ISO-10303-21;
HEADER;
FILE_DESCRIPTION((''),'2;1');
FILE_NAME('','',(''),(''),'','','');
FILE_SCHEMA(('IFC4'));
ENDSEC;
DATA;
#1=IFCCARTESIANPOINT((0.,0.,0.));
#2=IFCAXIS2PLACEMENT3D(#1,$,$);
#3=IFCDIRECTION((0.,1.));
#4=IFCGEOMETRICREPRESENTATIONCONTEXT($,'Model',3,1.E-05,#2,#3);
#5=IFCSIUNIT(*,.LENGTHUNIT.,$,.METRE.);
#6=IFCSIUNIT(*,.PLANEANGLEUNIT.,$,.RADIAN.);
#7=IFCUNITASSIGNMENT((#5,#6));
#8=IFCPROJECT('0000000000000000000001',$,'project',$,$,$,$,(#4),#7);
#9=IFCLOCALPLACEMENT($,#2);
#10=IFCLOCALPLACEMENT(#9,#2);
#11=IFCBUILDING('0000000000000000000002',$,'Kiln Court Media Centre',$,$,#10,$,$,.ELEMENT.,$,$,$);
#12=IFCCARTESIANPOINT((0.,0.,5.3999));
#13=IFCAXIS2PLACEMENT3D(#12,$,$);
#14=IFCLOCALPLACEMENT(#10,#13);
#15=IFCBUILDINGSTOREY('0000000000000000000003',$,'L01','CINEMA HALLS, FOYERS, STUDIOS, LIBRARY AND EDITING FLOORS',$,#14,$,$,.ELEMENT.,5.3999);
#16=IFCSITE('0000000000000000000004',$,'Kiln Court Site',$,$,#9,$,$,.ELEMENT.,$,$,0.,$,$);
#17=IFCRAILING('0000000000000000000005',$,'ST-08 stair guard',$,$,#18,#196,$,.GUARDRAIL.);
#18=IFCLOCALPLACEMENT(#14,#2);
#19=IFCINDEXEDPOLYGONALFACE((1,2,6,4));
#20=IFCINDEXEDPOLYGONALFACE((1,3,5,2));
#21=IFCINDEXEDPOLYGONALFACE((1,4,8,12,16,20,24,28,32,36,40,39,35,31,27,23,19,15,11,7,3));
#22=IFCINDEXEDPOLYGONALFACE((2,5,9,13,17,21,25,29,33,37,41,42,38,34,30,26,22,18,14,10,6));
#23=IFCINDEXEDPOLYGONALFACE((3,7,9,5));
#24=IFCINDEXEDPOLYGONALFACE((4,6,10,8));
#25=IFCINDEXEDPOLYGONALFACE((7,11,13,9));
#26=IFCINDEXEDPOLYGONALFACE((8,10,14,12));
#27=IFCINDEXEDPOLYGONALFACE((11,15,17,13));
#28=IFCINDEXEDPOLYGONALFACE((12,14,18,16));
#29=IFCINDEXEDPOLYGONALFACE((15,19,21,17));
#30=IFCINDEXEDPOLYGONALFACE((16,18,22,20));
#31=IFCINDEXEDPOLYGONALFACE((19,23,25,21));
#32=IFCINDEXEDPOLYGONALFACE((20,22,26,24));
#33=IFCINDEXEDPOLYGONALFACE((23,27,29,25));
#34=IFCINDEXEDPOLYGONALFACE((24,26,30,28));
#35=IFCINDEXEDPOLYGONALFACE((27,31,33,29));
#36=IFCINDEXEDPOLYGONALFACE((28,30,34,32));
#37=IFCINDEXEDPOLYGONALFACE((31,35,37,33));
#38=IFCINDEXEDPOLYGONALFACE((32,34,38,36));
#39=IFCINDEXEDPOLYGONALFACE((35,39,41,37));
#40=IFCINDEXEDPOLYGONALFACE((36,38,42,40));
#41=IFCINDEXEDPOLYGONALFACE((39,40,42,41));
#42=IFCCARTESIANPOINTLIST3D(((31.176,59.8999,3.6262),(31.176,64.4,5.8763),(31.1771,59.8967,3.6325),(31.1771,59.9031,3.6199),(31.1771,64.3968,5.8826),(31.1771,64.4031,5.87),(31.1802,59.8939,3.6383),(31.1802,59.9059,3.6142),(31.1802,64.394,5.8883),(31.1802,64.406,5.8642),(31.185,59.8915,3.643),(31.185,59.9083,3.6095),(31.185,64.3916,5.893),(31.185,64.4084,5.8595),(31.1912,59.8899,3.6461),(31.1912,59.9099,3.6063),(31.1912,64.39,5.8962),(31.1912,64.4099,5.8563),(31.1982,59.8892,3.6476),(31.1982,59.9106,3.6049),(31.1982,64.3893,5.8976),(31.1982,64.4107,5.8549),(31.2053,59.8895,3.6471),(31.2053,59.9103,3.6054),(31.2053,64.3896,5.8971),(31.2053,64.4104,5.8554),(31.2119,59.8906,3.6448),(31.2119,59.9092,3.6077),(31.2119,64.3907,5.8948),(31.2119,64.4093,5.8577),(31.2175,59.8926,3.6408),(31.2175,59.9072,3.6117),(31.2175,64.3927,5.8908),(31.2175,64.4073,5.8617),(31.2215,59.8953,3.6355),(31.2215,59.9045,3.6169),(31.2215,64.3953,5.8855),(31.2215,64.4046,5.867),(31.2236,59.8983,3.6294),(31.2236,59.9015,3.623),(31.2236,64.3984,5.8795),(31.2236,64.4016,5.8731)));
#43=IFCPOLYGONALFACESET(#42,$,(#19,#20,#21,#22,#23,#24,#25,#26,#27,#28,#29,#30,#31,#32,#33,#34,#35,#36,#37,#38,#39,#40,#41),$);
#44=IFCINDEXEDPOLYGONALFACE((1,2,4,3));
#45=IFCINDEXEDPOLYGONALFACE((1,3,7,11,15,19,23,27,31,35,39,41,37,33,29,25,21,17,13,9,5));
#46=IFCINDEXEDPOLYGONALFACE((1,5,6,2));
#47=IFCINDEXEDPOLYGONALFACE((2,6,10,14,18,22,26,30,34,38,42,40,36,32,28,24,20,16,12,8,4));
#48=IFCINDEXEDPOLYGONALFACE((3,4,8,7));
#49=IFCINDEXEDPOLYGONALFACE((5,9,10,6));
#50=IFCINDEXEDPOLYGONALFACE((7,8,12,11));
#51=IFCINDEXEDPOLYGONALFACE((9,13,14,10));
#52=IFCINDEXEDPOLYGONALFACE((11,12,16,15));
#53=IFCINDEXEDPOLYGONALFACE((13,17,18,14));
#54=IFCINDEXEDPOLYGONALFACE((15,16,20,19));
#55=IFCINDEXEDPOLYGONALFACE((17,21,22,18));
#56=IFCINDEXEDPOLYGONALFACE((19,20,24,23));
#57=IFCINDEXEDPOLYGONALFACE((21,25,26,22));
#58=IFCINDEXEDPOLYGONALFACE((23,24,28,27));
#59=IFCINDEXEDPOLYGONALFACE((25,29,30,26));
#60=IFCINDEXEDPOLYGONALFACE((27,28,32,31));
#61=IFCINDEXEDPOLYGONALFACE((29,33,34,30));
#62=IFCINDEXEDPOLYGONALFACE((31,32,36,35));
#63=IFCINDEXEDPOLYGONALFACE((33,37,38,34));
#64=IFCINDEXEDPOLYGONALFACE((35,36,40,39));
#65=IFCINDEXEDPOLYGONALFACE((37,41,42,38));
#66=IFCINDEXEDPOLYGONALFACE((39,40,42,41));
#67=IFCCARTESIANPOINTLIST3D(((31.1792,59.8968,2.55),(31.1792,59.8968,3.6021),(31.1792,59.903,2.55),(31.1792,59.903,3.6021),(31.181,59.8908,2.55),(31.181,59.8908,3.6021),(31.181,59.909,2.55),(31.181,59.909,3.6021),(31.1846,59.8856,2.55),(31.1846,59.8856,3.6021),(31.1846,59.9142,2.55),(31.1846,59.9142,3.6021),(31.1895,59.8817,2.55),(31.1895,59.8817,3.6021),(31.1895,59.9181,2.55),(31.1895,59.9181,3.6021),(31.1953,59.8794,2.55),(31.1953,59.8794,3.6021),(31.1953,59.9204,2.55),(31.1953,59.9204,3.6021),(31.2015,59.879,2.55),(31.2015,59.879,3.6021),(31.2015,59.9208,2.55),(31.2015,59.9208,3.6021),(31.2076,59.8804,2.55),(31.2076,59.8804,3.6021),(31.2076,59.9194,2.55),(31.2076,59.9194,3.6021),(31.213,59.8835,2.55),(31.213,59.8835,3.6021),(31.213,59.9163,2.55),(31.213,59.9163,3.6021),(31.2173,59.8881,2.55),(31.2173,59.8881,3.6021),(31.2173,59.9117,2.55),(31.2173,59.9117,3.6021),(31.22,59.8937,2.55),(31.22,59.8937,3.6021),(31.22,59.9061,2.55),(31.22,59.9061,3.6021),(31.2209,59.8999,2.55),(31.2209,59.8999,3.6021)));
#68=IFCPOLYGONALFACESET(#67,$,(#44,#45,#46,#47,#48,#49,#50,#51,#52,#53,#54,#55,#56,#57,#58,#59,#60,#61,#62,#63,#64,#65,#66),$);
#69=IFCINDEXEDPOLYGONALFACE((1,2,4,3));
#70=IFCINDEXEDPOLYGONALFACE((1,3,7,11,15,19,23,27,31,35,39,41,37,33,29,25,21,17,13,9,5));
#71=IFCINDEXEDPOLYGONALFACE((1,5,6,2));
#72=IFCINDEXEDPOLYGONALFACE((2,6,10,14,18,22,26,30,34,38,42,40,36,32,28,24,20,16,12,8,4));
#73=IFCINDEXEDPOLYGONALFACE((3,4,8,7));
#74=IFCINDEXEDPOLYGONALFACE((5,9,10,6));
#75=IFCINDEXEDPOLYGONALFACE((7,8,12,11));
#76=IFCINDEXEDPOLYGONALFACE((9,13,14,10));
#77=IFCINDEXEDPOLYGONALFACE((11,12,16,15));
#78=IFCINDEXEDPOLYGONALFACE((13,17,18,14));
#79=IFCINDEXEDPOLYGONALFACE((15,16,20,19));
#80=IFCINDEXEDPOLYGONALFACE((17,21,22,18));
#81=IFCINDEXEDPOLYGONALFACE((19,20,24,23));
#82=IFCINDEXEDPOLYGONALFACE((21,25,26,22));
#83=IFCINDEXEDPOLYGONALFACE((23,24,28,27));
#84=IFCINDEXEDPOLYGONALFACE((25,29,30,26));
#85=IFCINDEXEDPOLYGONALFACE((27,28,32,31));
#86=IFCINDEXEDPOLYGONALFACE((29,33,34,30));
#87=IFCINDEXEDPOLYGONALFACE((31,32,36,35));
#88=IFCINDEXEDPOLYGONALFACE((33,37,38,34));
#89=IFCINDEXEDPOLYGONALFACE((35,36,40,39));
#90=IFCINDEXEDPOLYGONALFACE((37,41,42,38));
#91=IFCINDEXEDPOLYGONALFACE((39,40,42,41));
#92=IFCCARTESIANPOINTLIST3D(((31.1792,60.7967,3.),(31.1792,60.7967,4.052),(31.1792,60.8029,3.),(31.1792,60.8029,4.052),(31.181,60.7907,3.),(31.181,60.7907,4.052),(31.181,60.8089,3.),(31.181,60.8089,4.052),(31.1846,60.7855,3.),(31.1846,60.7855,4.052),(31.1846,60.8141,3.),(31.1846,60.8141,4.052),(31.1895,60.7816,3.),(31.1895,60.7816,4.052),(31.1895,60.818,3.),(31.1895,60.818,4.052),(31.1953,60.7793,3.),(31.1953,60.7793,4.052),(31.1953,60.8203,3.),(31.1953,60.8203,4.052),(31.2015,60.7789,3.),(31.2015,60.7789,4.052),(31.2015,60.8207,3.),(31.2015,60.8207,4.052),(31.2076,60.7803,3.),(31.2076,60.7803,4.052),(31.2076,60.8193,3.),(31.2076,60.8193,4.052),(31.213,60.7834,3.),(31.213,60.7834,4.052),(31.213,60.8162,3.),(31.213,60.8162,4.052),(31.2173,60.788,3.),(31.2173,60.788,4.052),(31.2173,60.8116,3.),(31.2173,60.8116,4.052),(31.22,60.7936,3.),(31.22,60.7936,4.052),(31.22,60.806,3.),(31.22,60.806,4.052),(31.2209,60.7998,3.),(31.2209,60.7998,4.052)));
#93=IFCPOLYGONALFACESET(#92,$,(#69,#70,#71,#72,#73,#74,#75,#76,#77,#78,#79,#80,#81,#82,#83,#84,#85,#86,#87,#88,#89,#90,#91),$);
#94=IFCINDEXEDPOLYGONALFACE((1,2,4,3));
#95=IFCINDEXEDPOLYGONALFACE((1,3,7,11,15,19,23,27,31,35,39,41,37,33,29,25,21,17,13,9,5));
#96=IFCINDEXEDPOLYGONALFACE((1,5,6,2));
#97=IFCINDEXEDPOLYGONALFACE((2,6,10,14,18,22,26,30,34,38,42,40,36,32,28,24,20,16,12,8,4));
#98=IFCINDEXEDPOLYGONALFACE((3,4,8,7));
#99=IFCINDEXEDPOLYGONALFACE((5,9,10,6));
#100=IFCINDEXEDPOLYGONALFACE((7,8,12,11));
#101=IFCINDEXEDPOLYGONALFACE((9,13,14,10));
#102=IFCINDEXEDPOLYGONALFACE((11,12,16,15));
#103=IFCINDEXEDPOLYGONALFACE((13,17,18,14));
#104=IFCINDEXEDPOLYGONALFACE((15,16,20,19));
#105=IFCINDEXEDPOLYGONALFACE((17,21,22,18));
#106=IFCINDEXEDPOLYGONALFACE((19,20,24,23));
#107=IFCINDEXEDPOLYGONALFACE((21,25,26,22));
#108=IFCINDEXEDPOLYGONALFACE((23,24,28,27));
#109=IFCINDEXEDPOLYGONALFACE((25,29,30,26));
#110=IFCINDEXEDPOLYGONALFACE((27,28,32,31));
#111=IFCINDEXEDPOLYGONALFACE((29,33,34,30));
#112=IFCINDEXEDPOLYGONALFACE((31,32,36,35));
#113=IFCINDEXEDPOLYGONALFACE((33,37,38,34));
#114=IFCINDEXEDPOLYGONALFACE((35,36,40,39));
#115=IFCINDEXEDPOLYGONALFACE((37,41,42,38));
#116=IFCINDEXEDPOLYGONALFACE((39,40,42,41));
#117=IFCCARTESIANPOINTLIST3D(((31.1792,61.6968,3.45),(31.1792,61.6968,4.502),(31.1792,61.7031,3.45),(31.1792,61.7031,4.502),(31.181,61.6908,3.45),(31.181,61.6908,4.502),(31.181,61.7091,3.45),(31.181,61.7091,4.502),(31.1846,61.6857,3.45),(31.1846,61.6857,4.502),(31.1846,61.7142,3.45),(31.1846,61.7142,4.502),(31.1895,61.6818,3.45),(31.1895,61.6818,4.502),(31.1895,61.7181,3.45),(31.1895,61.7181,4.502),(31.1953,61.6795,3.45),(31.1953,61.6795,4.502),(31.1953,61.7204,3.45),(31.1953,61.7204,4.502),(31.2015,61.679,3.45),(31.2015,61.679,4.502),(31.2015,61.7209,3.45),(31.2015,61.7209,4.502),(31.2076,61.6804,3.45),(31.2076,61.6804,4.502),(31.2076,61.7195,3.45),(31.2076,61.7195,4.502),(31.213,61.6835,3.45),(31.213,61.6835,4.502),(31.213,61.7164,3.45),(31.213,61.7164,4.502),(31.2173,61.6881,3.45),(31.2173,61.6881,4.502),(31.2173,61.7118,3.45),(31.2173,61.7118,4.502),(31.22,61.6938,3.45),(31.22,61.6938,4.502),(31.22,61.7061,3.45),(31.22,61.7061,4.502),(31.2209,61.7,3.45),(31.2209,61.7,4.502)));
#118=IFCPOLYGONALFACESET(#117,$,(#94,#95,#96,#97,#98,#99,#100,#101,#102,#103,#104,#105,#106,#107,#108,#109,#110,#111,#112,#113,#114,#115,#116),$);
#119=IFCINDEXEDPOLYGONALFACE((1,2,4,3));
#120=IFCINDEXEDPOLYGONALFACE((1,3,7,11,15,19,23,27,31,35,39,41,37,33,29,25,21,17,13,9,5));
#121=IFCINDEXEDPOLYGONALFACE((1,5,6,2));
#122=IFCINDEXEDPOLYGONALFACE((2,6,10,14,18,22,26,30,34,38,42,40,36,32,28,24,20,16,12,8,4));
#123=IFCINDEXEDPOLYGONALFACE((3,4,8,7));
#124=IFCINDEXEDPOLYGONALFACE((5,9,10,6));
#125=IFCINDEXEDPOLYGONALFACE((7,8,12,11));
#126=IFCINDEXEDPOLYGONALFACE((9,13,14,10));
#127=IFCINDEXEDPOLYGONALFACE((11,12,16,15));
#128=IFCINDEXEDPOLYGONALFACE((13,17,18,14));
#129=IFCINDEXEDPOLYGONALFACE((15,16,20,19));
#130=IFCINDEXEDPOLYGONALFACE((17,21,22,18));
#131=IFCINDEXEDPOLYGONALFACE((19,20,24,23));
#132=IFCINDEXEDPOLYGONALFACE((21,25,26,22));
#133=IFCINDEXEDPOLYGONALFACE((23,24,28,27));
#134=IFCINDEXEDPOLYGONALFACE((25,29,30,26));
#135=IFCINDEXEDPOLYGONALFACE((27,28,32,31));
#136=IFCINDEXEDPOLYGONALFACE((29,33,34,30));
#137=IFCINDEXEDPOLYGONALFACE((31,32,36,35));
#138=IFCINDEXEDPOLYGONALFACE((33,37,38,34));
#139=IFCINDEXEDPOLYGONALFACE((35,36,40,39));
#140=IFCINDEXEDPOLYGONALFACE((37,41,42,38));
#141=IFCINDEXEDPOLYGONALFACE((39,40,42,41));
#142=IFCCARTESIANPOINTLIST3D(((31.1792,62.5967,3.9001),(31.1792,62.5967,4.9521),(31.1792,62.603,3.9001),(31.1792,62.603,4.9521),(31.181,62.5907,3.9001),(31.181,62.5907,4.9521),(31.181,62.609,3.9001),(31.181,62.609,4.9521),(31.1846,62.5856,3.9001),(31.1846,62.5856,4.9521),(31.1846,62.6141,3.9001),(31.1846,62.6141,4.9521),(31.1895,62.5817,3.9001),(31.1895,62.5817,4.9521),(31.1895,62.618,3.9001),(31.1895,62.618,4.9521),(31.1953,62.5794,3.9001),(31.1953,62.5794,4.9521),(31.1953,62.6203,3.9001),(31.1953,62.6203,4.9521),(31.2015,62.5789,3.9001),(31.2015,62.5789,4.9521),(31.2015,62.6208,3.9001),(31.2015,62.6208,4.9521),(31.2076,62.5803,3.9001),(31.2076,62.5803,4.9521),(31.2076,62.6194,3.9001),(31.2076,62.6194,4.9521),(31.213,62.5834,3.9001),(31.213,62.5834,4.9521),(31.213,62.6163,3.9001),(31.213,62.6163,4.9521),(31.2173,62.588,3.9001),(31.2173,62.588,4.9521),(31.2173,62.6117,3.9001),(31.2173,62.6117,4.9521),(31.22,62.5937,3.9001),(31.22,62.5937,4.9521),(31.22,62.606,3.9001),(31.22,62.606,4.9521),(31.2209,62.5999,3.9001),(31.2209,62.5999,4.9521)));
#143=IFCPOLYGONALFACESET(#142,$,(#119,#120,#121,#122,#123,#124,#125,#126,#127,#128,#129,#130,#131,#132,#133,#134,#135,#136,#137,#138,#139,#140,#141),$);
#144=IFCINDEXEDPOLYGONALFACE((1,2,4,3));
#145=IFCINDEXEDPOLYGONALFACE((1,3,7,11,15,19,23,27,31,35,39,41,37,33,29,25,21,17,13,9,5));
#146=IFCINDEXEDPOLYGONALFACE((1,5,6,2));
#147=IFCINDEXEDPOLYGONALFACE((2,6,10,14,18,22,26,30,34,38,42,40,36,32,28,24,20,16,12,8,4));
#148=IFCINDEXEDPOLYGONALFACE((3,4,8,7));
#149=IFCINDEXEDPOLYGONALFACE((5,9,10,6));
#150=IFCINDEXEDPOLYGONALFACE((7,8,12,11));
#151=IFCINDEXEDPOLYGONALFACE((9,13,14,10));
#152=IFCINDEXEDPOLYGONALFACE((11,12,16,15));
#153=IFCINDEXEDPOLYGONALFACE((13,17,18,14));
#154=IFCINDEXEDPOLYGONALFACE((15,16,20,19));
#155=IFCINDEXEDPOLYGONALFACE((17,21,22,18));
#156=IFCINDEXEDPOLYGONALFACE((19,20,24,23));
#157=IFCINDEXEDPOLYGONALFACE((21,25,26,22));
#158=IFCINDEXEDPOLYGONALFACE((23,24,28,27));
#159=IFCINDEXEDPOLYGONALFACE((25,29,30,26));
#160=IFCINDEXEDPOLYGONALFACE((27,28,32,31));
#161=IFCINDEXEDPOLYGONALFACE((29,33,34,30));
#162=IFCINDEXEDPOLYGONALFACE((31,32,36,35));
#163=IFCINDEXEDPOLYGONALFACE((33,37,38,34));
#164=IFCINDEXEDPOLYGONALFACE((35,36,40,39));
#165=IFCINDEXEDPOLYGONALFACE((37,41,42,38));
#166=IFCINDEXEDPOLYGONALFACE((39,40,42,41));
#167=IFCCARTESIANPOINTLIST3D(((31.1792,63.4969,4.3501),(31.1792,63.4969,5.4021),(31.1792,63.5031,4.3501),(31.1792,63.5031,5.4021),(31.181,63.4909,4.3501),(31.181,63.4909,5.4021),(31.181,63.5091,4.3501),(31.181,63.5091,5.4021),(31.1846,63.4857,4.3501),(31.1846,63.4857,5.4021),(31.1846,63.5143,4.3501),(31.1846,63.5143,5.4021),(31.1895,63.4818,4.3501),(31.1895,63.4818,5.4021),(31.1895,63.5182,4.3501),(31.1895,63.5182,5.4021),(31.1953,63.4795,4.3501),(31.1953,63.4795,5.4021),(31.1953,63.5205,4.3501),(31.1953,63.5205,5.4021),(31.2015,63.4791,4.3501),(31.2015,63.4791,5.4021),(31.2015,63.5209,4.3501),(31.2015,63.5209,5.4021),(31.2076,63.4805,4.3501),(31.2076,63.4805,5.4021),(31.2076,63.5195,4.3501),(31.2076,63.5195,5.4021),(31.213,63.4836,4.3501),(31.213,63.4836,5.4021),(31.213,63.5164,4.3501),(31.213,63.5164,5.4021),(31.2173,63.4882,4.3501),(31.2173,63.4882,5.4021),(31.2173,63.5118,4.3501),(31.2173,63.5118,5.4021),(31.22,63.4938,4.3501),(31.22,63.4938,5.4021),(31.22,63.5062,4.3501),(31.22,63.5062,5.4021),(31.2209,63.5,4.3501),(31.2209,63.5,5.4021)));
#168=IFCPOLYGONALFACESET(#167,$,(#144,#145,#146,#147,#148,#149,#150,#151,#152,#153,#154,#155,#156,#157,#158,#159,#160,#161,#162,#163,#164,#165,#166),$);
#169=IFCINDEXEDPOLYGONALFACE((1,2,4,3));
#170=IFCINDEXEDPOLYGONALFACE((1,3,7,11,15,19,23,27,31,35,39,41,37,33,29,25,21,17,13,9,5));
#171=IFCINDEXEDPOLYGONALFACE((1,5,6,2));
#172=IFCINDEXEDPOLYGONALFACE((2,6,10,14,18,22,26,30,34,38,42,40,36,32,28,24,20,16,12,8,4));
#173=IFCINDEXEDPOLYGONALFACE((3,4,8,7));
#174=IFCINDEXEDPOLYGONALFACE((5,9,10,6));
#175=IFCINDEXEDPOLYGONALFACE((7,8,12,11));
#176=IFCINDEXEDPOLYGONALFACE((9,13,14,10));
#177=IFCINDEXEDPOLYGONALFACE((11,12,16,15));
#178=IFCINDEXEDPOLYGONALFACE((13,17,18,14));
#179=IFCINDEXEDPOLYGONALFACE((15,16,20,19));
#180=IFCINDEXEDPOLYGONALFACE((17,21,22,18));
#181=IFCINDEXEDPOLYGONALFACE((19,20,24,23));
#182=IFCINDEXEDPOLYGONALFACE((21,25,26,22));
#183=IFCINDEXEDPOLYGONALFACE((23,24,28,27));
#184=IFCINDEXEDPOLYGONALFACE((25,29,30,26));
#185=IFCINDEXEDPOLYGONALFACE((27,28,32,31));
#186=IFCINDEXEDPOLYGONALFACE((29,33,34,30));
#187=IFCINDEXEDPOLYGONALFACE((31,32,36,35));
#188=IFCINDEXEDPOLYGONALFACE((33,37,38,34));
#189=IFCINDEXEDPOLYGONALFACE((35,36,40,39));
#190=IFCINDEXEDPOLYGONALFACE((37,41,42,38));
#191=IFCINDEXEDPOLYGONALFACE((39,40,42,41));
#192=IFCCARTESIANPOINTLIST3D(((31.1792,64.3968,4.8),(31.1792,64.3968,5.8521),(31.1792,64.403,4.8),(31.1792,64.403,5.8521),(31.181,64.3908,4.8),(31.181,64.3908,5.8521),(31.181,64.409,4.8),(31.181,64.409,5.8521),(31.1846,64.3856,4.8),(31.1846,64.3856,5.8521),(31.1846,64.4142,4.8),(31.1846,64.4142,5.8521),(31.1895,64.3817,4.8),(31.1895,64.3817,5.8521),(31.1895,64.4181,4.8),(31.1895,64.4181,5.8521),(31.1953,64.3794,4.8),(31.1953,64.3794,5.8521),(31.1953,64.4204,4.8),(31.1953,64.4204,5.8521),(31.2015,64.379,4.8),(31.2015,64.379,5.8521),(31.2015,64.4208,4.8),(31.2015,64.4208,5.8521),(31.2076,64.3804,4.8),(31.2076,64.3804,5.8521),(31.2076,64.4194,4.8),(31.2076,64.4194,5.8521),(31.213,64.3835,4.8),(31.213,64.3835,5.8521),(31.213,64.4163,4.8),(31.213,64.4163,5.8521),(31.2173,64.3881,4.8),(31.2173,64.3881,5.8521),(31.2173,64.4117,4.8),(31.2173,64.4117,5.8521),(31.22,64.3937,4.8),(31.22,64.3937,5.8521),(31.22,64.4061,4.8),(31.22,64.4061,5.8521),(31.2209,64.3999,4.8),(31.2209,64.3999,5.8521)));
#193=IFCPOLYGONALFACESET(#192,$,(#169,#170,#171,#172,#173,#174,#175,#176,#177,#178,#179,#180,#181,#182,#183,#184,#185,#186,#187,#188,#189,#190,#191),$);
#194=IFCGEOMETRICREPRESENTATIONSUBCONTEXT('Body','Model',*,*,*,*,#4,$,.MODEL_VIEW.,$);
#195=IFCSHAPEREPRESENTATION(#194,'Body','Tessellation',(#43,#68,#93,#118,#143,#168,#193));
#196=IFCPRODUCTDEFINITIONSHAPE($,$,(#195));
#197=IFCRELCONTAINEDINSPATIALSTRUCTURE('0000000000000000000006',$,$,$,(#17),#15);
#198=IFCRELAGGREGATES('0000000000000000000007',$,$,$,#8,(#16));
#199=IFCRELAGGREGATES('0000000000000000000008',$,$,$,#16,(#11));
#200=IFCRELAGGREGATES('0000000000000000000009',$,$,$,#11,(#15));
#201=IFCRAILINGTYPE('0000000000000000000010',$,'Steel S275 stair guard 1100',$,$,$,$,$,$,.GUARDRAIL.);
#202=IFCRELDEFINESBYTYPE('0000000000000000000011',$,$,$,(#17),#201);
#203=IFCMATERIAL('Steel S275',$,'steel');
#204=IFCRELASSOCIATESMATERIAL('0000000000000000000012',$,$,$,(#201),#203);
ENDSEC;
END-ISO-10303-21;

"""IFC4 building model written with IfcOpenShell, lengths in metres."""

from ifc_helpers import new_model, si_unit, direction, frame, origin, origin_2d, place, context, subcontext, project, spatial, circle, extrude, material, type_object, element, save


model = new_model("IFC4")

# Units and contexts
model_context = context("Model", 3, precision=1e-05, world=origin(), true_north=direction((0.0, 1.0)))
body_context = subcontext(model_context, "Body", "Model", "MODEL_VIEW")
ifc_project = project(units=[si_unit("LENGTHUNIT", "METRE"), si_unit("PLANEANGLEUNIT", "RADIAN")], contexts=[model_context])

# Site, building, storey
site_placement = place(None, origin())
site = spatial("IfcSite", under=ifc_project, at=site_placement, Name="Kiln Court Site", CompositionType="ELEMENT", RefElevation=0.0)
building_placement = place(site_placement, origin())
building = spatial("IfcBuilding", under=site, at=building_placement, Name="Kiln Court Media Centre", CompositionType="ELEMENT")
storey_placement = place(building_placement, frame((0.0, 0.0, 5.3999)))
storey = spatial("IfcBuildingStorey", under=building, at=storey_placement, Name="L01", Description="CINEMA HALLS, FOYERS, STUDIOS, LIBRARY AND EDITING FLOORS", CompositionType="ELEMENT", Elevation=5.3999)

# Railing
ifc_material_1 = material(Name="Steel S275", Category="steel")
railing_type_1 = type_object("IfcRailingType", Name="Steel S275 stair guard 1100", PredefinedType="GUARDRAIL", material=ifc_material_1)
railing_1_placement = place(storey_placement, frame((31.2, 59.8999, 2.55)))
element("IfcRailing", 1, at=railing_1_placement, inside=storey, type_object=railing_type_1, Name="ST-08 stair guard", PredefinedType="GUARDRAIL", context=body_context, shape_type="SweptSolid", body=[
    extrude(circle(Radius=0.0239, at=origin_2d()), frame((0.0, 0.0, 1.0762), z_axis=(0.0, 0.894427, 0.447214), x_axis=(-1.0, 0.0, 0.0)), (0.0, 0.0, 1.0), 5.0312),
    extrude(circle(Radius=0.021, at=origin_2d()), origin(), (0.0, 0.0, 1.0), 1.052),
    extrude(circle(Radius=0.021, at=origin_2d()), frame((0.0, 0.8999, 0.45)), (0.0, 0.0, 1.0), 1.052),
    extrude(circle(Radius=0.021, at=origin_2d()), frame((0.0, 1.8, 0.8999)), (0.0, 0.0, 1.0), 1.052),
    extrude(circle(Radius=0.021, at=origin_2d()), frame((0.0, 2.7, 1.3501)), (0.0, 0.0, 1.0), 1.052),
    extrude(circle(Radius=0.021, at=origin_2d()), frame((0.0, 3.6001, 1.8)), (0.0, 0.0, 1.0), 1.052),
    extrude(circle(Radius=0.021, at=origin_2d()), frame((0.0, 4.5, 2.25)), (0.0, 0.0, 1.0), 1.052),
])

save(model, "model.ifc")
